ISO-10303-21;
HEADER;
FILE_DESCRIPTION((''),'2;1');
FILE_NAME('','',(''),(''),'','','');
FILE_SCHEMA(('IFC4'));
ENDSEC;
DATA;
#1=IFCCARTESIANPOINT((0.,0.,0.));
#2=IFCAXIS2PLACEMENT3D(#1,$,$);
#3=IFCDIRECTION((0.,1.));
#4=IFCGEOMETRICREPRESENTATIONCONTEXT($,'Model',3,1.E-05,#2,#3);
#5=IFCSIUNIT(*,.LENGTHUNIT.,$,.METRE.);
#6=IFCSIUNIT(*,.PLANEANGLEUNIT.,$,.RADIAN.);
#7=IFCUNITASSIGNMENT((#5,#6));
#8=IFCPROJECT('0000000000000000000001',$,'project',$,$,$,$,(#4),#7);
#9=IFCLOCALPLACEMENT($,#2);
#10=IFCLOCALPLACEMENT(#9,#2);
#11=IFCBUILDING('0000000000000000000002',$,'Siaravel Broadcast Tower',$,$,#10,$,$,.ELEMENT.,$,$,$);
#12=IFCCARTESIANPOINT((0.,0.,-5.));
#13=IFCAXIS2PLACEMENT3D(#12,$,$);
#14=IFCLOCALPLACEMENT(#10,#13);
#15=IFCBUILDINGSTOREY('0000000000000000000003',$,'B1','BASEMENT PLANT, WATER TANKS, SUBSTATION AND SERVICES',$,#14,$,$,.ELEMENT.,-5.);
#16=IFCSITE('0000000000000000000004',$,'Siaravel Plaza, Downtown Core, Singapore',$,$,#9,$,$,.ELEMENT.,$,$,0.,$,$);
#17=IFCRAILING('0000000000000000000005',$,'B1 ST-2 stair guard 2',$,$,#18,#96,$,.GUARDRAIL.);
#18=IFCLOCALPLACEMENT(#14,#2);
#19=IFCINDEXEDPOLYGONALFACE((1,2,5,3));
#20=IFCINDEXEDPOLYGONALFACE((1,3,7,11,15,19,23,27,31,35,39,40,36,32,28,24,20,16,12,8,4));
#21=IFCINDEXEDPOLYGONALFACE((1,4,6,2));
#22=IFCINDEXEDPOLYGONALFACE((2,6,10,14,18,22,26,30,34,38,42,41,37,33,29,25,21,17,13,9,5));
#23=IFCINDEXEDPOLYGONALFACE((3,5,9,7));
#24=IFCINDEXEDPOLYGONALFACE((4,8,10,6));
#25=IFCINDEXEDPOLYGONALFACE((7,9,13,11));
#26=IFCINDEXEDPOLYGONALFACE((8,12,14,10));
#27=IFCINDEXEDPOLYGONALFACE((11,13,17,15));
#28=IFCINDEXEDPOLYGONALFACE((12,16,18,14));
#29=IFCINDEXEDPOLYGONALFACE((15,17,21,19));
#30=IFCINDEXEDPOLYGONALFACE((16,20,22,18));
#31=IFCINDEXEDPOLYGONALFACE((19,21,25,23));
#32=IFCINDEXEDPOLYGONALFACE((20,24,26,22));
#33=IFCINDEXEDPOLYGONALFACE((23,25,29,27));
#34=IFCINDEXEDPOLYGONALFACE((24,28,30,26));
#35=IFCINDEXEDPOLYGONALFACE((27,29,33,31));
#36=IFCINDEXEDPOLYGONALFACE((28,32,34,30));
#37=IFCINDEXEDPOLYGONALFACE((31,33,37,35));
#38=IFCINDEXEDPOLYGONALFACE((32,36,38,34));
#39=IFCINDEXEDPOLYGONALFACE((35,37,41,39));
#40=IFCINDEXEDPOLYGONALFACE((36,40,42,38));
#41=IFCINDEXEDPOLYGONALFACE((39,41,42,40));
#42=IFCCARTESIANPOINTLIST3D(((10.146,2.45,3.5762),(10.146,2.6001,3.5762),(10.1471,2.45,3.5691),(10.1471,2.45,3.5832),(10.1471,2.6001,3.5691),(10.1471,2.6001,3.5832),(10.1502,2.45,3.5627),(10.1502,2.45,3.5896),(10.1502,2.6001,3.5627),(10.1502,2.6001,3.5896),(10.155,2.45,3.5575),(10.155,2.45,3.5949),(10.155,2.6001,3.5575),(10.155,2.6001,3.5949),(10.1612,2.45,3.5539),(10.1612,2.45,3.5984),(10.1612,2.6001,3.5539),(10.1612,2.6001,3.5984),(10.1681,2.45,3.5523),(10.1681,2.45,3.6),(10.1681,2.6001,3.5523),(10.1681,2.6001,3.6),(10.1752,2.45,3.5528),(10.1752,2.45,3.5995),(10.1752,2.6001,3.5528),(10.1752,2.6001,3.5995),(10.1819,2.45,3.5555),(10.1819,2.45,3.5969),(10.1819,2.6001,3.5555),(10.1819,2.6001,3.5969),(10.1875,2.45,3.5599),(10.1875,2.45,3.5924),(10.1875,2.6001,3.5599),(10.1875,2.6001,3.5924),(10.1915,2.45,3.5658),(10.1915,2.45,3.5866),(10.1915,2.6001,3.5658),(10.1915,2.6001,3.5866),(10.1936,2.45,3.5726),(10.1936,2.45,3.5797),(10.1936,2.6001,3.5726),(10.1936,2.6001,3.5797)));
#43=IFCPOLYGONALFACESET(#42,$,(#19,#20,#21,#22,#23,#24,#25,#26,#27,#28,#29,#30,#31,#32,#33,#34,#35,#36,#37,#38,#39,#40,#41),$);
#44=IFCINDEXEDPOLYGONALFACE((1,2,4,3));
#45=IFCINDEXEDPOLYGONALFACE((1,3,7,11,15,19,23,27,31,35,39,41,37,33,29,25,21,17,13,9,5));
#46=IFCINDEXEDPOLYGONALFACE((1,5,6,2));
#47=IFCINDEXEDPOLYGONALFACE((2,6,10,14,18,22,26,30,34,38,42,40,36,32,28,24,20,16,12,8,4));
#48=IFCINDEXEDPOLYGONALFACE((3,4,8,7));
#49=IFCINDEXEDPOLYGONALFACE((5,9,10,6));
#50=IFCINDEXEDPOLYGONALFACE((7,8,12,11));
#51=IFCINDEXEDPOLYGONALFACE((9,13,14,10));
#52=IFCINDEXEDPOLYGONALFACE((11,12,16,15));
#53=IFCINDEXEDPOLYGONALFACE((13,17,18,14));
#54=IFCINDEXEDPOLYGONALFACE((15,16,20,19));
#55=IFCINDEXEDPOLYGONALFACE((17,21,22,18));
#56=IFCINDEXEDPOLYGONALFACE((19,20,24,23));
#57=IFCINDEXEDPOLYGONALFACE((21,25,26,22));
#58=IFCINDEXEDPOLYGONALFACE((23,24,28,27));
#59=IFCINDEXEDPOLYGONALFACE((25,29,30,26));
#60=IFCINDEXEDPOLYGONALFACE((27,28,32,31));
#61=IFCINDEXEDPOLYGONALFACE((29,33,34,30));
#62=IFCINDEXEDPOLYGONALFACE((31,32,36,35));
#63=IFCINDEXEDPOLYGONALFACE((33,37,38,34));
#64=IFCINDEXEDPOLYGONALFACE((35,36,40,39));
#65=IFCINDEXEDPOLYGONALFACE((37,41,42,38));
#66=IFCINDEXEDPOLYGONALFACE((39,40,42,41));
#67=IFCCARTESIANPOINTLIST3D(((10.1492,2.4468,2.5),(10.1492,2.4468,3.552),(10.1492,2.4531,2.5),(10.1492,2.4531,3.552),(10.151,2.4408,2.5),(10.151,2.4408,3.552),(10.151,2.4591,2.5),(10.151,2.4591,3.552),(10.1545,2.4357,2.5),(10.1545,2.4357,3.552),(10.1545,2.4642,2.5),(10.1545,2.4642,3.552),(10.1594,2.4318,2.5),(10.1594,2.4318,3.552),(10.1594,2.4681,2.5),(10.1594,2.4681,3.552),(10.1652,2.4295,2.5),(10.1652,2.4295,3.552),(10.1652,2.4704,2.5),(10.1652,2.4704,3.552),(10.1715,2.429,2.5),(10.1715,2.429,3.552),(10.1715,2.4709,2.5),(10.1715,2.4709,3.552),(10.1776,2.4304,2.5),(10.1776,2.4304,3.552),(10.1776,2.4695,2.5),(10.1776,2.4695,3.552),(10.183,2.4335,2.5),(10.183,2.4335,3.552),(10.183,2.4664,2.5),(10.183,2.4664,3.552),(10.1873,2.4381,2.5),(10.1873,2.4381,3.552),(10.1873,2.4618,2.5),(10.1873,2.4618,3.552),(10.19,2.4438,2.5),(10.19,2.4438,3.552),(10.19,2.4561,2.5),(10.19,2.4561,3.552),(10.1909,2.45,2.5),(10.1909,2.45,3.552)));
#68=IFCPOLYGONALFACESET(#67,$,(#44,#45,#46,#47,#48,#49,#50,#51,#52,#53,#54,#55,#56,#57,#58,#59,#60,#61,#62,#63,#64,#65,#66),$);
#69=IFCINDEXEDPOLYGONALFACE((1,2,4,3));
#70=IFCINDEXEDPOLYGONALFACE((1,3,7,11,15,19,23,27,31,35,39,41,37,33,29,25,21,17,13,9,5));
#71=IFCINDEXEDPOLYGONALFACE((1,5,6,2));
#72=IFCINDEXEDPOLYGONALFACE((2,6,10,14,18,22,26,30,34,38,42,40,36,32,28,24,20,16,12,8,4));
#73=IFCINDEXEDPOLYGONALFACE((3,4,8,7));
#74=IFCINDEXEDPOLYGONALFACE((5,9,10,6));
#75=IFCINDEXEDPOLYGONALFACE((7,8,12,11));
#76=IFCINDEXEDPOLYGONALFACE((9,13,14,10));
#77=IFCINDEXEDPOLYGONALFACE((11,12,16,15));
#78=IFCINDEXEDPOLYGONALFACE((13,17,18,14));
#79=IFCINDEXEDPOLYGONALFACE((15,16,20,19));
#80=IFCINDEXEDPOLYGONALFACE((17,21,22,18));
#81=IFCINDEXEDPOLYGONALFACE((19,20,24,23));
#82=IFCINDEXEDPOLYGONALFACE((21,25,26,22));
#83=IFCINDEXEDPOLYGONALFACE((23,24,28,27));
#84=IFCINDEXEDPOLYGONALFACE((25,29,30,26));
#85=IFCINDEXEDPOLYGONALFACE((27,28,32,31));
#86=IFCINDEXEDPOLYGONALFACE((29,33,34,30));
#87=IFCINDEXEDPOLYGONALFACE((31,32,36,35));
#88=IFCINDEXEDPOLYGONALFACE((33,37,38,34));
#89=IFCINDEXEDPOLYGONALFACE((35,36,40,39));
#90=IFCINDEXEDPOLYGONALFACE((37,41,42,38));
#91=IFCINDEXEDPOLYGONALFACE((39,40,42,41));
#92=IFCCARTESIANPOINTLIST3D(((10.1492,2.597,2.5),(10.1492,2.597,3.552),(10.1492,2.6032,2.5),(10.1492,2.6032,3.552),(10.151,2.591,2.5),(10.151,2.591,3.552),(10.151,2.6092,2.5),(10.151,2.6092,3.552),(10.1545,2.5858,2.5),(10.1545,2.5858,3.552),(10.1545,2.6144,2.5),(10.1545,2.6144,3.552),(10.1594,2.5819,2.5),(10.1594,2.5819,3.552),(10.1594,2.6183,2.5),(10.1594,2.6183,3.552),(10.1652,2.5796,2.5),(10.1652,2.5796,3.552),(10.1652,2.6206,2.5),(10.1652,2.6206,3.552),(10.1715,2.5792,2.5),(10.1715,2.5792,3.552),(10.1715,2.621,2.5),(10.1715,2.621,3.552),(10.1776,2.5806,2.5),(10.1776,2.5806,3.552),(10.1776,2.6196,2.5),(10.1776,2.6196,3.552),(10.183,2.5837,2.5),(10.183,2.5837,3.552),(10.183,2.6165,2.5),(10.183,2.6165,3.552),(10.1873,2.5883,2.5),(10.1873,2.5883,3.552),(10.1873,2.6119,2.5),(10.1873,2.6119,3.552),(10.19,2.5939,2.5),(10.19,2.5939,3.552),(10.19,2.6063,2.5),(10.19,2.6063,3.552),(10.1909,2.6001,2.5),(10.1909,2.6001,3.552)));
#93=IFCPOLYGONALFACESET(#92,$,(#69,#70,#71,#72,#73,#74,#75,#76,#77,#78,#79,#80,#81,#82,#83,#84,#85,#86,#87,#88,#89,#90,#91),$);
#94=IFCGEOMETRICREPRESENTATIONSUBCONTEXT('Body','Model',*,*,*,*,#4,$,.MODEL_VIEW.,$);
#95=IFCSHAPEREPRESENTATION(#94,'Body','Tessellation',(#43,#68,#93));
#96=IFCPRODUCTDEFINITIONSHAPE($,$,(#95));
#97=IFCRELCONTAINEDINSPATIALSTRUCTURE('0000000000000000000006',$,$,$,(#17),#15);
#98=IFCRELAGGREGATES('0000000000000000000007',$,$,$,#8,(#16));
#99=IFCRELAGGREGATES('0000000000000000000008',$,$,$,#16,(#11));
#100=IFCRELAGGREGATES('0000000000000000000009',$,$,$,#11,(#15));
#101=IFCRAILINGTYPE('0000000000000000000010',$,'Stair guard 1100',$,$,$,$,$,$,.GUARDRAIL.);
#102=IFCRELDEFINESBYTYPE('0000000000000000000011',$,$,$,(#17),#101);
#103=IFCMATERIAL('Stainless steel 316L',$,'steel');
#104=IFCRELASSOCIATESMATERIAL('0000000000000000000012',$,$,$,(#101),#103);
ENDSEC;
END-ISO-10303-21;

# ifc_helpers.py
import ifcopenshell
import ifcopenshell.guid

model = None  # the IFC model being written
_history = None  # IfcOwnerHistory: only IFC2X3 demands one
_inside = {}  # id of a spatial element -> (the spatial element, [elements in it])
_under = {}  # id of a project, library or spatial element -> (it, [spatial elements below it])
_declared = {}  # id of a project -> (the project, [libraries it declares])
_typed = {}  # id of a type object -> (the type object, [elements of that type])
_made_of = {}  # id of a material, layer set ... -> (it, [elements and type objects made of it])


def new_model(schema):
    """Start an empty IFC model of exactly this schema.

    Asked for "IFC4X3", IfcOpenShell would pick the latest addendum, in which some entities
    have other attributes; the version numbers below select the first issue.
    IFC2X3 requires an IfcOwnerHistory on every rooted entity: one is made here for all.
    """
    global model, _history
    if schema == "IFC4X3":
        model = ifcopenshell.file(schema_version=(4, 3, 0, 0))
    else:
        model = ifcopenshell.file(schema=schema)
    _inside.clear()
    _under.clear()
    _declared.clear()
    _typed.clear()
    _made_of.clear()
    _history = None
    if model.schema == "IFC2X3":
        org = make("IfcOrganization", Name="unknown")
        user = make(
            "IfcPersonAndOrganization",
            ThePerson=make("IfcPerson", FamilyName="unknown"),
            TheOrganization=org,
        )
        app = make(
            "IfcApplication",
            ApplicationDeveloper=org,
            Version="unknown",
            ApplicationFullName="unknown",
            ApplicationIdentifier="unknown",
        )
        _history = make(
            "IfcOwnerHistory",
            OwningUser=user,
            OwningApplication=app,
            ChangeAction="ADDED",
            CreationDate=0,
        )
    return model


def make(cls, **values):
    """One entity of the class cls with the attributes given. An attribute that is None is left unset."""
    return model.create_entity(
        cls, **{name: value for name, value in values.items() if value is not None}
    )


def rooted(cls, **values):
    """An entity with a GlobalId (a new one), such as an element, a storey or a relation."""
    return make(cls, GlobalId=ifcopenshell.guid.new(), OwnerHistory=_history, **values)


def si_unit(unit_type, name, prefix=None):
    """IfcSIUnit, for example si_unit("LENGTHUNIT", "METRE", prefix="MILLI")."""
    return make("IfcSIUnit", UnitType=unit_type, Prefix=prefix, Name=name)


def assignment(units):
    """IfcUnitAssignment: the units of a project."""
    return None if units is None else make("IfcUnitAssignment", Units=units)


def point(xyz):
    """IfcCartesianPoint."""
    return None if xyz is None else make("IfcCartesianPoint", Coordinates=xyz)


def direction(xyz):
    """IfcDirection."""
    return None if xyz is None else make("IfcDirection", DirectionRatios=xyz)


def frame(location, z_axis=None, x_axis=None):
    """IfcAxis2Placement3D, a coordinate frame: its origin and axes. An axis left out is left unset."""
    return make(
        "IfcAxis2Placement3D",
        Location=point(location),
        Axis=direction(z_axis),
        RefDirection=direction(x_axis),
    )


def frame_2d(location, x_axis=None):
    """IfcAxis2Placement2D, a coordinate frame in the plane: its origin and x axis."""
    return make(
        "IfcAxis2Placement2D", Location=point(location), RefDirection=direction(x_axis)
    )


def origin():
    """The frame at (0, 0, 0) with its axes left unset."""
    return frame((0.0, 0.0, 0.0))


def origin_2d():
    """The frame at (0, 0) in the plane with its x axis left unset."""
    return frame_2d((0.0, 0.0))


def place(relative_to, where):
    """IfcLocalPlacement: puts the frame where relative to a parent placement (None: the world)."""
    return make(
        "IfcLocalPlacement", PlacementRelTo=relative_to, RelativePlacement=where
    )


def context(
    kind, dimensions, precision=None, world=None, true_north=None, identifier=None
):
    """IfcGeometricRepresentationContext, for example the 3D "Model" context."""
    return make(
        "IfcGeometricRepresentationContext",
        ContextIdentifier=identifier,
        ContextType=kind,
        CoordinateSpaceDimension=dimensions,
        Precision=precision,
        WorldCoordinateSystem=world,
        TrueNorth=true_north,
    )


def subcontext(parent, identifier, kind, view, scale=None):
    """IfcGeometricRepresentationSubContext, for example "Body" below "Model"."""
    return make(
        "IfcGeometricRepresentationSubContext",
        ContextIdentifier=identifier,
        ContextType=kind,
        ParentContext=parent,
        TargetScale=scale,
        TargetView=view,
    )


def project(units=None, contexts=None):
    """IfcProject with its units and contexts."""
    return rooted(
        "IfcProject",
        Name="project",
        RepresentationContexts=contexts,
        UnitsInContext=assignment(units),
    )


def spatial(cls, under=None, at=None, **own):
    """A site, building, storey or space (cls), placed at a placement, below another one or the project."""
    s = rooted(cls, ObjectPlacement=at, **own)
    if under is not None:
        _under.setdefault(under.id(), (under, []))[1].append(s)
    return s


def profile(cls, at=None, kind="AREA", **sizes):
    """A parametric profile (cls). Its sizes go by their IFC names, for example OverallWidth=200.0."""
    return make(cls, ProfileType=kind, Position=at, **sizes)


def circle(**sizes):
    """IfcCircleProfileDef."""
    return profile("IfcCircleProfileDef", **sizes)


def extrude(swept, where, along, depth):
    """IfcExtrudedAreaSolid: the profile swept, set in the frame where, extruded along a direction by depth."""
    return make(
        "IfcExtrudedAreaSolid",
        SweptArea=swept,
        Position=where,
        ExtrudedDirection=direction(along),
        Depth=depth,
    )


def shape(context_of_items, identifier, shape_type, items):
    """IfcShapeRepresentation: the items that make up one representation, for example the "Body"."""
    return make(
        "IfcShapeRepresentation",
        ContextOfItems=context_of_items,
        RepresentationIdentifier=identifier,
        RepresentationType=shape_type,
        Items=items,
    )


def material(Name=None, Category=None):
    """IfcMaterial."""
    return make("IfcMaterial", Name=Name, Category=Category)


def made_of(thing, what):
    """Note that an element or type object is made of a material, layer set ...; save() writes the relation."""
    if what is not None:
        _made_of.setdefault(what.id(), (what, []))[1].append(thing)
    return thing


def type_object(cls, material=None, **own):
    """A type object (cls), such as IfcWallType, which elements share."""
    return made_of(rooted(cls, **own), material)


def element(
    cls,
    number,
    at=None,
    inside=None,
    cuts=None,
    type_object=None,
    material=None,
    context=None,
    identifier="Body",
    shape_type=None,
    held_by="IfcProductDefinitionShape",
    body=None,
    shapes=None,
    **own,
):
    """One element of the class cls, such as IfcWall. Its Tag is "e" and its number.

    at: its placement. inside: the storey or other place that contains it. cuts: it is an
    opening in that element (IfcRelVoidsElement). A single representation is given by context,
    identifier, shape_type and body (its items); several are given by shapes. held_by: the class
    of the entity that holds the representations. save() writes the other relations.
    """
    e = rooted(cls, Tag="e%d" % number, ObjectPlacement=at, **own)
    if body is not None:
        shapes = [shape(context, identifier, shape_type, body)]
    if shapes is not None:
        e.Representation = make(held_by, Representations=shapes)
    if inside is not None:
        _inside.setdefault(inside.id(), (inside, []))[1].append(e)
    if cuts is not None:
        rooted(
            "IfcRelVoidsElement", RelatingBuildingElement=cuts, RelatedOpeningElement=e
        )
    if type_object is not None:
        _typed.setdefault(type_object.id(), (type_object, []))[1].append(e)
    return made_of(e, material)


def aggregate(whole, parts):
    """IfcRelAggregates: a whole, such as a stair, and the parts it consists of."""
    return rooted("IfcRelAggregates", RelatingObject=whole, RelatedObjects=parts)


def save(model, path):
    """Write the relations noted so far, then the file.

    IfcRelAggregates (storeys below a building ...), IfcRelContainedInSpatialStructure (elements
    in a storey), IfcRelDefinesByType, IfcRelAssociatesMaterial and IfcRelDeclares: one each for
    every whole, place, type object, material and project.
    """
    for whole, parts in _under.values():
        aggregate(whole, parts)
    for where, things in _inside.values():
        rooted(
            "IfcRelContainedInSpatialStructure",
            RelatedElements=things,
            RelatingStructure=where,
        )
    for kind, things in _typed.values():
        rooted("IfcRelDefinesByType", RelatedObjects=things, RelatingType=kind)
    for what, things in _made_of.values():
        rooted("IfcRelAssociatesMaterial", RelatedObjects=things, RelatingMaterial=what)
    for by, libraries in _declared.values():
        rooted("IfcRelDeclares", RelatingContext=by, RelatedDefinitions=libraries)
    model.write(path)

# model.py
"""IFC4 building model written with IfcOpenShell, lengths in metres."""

from ifc_helpers import new_model, si_unit, direction, frame, origin, origin_2d, place, context, subcontext, project, spatial, circle, extrude, material, type_object, element, save


model = new_model("IFC4")

# Units and contexts
model_context = context("Model", 3, precision=1e-05, world=origin(), true_north=direction((0.0, 1.0)))
body_context = subcontext(model_context, "Body", "Model", "MODEL_VIEW")
ifc_project = project(units=[si_unit("LENGTHUNIT", "METRE"), si_unit("PLANEANGLEUNIT", "RADIAN")], contexts=[model_context])

# Site, building, storey
site_placement = place(None, origin())
site = spatial("IfcSite", under=ifc_project, at=site_placement, Name="Siaravel Plaza, Downtown Core, Singapore", CompositionType="ELEMENT", RefElevation=0.0)
building_placement = place(site_placement, origin())
building = spatial("IfcBuilding", under=site, at=building_placement, Name="Siaravel Broadcast Tower", CompositionType="ELEMENT")
storey_placement = place(building_placement, frame((0.0, 0.0, -5.0)))
storey = spatial("IfcBuildingStorey", under=building, at=storey_placement, Name="B1", Description="BASEMENT PLANT, WATER TANKS, SUBSTATION AND SERVICES", CompositionType="ELEMENT", Elevation=-5.0)

# Railing
ifc_material_1 = material(Name="Stainless steel 316L", Category="steel")
railing_type_1 = type_object("IfcRailingType", Name="Stair guard 1100", PredefinedType="GUARDRAIL", material=ifc_material_1)
railing_1_placement = place(storey_placement, frame((10.1699, 2.45, 2.5)))
element("IfcRailing", 1, at=railing_1_placement, inside=storey, type_object=railing_type_1, Name="B1 ST-2 stair guard 2", PredefinedType="GUARDRAIL", context=body_context, shape_type="SweptSolid", body=[
    extrude(circle(Radius=0.0239, at=origin_2d()), frame((0.0, 0.0, 1.0762), z_axis=(0.0, 1.0, 0.0), x_axis=(-1.0, 0.0, 0.0)), (0.0, 0.0, 1.0), 0.1501),
    extrude(circle(Radius=0.021, at=origin_2d()), origin(), (0.0, 0.0, 1.0), 1.052),
    extrude(circle(Radius=0.021, at=origin_2d()), frame((0.0, 0.1501, 0.0)), (0.0, 0.0, 1.0), 1.052),
])

save(model, "model.ifc")
